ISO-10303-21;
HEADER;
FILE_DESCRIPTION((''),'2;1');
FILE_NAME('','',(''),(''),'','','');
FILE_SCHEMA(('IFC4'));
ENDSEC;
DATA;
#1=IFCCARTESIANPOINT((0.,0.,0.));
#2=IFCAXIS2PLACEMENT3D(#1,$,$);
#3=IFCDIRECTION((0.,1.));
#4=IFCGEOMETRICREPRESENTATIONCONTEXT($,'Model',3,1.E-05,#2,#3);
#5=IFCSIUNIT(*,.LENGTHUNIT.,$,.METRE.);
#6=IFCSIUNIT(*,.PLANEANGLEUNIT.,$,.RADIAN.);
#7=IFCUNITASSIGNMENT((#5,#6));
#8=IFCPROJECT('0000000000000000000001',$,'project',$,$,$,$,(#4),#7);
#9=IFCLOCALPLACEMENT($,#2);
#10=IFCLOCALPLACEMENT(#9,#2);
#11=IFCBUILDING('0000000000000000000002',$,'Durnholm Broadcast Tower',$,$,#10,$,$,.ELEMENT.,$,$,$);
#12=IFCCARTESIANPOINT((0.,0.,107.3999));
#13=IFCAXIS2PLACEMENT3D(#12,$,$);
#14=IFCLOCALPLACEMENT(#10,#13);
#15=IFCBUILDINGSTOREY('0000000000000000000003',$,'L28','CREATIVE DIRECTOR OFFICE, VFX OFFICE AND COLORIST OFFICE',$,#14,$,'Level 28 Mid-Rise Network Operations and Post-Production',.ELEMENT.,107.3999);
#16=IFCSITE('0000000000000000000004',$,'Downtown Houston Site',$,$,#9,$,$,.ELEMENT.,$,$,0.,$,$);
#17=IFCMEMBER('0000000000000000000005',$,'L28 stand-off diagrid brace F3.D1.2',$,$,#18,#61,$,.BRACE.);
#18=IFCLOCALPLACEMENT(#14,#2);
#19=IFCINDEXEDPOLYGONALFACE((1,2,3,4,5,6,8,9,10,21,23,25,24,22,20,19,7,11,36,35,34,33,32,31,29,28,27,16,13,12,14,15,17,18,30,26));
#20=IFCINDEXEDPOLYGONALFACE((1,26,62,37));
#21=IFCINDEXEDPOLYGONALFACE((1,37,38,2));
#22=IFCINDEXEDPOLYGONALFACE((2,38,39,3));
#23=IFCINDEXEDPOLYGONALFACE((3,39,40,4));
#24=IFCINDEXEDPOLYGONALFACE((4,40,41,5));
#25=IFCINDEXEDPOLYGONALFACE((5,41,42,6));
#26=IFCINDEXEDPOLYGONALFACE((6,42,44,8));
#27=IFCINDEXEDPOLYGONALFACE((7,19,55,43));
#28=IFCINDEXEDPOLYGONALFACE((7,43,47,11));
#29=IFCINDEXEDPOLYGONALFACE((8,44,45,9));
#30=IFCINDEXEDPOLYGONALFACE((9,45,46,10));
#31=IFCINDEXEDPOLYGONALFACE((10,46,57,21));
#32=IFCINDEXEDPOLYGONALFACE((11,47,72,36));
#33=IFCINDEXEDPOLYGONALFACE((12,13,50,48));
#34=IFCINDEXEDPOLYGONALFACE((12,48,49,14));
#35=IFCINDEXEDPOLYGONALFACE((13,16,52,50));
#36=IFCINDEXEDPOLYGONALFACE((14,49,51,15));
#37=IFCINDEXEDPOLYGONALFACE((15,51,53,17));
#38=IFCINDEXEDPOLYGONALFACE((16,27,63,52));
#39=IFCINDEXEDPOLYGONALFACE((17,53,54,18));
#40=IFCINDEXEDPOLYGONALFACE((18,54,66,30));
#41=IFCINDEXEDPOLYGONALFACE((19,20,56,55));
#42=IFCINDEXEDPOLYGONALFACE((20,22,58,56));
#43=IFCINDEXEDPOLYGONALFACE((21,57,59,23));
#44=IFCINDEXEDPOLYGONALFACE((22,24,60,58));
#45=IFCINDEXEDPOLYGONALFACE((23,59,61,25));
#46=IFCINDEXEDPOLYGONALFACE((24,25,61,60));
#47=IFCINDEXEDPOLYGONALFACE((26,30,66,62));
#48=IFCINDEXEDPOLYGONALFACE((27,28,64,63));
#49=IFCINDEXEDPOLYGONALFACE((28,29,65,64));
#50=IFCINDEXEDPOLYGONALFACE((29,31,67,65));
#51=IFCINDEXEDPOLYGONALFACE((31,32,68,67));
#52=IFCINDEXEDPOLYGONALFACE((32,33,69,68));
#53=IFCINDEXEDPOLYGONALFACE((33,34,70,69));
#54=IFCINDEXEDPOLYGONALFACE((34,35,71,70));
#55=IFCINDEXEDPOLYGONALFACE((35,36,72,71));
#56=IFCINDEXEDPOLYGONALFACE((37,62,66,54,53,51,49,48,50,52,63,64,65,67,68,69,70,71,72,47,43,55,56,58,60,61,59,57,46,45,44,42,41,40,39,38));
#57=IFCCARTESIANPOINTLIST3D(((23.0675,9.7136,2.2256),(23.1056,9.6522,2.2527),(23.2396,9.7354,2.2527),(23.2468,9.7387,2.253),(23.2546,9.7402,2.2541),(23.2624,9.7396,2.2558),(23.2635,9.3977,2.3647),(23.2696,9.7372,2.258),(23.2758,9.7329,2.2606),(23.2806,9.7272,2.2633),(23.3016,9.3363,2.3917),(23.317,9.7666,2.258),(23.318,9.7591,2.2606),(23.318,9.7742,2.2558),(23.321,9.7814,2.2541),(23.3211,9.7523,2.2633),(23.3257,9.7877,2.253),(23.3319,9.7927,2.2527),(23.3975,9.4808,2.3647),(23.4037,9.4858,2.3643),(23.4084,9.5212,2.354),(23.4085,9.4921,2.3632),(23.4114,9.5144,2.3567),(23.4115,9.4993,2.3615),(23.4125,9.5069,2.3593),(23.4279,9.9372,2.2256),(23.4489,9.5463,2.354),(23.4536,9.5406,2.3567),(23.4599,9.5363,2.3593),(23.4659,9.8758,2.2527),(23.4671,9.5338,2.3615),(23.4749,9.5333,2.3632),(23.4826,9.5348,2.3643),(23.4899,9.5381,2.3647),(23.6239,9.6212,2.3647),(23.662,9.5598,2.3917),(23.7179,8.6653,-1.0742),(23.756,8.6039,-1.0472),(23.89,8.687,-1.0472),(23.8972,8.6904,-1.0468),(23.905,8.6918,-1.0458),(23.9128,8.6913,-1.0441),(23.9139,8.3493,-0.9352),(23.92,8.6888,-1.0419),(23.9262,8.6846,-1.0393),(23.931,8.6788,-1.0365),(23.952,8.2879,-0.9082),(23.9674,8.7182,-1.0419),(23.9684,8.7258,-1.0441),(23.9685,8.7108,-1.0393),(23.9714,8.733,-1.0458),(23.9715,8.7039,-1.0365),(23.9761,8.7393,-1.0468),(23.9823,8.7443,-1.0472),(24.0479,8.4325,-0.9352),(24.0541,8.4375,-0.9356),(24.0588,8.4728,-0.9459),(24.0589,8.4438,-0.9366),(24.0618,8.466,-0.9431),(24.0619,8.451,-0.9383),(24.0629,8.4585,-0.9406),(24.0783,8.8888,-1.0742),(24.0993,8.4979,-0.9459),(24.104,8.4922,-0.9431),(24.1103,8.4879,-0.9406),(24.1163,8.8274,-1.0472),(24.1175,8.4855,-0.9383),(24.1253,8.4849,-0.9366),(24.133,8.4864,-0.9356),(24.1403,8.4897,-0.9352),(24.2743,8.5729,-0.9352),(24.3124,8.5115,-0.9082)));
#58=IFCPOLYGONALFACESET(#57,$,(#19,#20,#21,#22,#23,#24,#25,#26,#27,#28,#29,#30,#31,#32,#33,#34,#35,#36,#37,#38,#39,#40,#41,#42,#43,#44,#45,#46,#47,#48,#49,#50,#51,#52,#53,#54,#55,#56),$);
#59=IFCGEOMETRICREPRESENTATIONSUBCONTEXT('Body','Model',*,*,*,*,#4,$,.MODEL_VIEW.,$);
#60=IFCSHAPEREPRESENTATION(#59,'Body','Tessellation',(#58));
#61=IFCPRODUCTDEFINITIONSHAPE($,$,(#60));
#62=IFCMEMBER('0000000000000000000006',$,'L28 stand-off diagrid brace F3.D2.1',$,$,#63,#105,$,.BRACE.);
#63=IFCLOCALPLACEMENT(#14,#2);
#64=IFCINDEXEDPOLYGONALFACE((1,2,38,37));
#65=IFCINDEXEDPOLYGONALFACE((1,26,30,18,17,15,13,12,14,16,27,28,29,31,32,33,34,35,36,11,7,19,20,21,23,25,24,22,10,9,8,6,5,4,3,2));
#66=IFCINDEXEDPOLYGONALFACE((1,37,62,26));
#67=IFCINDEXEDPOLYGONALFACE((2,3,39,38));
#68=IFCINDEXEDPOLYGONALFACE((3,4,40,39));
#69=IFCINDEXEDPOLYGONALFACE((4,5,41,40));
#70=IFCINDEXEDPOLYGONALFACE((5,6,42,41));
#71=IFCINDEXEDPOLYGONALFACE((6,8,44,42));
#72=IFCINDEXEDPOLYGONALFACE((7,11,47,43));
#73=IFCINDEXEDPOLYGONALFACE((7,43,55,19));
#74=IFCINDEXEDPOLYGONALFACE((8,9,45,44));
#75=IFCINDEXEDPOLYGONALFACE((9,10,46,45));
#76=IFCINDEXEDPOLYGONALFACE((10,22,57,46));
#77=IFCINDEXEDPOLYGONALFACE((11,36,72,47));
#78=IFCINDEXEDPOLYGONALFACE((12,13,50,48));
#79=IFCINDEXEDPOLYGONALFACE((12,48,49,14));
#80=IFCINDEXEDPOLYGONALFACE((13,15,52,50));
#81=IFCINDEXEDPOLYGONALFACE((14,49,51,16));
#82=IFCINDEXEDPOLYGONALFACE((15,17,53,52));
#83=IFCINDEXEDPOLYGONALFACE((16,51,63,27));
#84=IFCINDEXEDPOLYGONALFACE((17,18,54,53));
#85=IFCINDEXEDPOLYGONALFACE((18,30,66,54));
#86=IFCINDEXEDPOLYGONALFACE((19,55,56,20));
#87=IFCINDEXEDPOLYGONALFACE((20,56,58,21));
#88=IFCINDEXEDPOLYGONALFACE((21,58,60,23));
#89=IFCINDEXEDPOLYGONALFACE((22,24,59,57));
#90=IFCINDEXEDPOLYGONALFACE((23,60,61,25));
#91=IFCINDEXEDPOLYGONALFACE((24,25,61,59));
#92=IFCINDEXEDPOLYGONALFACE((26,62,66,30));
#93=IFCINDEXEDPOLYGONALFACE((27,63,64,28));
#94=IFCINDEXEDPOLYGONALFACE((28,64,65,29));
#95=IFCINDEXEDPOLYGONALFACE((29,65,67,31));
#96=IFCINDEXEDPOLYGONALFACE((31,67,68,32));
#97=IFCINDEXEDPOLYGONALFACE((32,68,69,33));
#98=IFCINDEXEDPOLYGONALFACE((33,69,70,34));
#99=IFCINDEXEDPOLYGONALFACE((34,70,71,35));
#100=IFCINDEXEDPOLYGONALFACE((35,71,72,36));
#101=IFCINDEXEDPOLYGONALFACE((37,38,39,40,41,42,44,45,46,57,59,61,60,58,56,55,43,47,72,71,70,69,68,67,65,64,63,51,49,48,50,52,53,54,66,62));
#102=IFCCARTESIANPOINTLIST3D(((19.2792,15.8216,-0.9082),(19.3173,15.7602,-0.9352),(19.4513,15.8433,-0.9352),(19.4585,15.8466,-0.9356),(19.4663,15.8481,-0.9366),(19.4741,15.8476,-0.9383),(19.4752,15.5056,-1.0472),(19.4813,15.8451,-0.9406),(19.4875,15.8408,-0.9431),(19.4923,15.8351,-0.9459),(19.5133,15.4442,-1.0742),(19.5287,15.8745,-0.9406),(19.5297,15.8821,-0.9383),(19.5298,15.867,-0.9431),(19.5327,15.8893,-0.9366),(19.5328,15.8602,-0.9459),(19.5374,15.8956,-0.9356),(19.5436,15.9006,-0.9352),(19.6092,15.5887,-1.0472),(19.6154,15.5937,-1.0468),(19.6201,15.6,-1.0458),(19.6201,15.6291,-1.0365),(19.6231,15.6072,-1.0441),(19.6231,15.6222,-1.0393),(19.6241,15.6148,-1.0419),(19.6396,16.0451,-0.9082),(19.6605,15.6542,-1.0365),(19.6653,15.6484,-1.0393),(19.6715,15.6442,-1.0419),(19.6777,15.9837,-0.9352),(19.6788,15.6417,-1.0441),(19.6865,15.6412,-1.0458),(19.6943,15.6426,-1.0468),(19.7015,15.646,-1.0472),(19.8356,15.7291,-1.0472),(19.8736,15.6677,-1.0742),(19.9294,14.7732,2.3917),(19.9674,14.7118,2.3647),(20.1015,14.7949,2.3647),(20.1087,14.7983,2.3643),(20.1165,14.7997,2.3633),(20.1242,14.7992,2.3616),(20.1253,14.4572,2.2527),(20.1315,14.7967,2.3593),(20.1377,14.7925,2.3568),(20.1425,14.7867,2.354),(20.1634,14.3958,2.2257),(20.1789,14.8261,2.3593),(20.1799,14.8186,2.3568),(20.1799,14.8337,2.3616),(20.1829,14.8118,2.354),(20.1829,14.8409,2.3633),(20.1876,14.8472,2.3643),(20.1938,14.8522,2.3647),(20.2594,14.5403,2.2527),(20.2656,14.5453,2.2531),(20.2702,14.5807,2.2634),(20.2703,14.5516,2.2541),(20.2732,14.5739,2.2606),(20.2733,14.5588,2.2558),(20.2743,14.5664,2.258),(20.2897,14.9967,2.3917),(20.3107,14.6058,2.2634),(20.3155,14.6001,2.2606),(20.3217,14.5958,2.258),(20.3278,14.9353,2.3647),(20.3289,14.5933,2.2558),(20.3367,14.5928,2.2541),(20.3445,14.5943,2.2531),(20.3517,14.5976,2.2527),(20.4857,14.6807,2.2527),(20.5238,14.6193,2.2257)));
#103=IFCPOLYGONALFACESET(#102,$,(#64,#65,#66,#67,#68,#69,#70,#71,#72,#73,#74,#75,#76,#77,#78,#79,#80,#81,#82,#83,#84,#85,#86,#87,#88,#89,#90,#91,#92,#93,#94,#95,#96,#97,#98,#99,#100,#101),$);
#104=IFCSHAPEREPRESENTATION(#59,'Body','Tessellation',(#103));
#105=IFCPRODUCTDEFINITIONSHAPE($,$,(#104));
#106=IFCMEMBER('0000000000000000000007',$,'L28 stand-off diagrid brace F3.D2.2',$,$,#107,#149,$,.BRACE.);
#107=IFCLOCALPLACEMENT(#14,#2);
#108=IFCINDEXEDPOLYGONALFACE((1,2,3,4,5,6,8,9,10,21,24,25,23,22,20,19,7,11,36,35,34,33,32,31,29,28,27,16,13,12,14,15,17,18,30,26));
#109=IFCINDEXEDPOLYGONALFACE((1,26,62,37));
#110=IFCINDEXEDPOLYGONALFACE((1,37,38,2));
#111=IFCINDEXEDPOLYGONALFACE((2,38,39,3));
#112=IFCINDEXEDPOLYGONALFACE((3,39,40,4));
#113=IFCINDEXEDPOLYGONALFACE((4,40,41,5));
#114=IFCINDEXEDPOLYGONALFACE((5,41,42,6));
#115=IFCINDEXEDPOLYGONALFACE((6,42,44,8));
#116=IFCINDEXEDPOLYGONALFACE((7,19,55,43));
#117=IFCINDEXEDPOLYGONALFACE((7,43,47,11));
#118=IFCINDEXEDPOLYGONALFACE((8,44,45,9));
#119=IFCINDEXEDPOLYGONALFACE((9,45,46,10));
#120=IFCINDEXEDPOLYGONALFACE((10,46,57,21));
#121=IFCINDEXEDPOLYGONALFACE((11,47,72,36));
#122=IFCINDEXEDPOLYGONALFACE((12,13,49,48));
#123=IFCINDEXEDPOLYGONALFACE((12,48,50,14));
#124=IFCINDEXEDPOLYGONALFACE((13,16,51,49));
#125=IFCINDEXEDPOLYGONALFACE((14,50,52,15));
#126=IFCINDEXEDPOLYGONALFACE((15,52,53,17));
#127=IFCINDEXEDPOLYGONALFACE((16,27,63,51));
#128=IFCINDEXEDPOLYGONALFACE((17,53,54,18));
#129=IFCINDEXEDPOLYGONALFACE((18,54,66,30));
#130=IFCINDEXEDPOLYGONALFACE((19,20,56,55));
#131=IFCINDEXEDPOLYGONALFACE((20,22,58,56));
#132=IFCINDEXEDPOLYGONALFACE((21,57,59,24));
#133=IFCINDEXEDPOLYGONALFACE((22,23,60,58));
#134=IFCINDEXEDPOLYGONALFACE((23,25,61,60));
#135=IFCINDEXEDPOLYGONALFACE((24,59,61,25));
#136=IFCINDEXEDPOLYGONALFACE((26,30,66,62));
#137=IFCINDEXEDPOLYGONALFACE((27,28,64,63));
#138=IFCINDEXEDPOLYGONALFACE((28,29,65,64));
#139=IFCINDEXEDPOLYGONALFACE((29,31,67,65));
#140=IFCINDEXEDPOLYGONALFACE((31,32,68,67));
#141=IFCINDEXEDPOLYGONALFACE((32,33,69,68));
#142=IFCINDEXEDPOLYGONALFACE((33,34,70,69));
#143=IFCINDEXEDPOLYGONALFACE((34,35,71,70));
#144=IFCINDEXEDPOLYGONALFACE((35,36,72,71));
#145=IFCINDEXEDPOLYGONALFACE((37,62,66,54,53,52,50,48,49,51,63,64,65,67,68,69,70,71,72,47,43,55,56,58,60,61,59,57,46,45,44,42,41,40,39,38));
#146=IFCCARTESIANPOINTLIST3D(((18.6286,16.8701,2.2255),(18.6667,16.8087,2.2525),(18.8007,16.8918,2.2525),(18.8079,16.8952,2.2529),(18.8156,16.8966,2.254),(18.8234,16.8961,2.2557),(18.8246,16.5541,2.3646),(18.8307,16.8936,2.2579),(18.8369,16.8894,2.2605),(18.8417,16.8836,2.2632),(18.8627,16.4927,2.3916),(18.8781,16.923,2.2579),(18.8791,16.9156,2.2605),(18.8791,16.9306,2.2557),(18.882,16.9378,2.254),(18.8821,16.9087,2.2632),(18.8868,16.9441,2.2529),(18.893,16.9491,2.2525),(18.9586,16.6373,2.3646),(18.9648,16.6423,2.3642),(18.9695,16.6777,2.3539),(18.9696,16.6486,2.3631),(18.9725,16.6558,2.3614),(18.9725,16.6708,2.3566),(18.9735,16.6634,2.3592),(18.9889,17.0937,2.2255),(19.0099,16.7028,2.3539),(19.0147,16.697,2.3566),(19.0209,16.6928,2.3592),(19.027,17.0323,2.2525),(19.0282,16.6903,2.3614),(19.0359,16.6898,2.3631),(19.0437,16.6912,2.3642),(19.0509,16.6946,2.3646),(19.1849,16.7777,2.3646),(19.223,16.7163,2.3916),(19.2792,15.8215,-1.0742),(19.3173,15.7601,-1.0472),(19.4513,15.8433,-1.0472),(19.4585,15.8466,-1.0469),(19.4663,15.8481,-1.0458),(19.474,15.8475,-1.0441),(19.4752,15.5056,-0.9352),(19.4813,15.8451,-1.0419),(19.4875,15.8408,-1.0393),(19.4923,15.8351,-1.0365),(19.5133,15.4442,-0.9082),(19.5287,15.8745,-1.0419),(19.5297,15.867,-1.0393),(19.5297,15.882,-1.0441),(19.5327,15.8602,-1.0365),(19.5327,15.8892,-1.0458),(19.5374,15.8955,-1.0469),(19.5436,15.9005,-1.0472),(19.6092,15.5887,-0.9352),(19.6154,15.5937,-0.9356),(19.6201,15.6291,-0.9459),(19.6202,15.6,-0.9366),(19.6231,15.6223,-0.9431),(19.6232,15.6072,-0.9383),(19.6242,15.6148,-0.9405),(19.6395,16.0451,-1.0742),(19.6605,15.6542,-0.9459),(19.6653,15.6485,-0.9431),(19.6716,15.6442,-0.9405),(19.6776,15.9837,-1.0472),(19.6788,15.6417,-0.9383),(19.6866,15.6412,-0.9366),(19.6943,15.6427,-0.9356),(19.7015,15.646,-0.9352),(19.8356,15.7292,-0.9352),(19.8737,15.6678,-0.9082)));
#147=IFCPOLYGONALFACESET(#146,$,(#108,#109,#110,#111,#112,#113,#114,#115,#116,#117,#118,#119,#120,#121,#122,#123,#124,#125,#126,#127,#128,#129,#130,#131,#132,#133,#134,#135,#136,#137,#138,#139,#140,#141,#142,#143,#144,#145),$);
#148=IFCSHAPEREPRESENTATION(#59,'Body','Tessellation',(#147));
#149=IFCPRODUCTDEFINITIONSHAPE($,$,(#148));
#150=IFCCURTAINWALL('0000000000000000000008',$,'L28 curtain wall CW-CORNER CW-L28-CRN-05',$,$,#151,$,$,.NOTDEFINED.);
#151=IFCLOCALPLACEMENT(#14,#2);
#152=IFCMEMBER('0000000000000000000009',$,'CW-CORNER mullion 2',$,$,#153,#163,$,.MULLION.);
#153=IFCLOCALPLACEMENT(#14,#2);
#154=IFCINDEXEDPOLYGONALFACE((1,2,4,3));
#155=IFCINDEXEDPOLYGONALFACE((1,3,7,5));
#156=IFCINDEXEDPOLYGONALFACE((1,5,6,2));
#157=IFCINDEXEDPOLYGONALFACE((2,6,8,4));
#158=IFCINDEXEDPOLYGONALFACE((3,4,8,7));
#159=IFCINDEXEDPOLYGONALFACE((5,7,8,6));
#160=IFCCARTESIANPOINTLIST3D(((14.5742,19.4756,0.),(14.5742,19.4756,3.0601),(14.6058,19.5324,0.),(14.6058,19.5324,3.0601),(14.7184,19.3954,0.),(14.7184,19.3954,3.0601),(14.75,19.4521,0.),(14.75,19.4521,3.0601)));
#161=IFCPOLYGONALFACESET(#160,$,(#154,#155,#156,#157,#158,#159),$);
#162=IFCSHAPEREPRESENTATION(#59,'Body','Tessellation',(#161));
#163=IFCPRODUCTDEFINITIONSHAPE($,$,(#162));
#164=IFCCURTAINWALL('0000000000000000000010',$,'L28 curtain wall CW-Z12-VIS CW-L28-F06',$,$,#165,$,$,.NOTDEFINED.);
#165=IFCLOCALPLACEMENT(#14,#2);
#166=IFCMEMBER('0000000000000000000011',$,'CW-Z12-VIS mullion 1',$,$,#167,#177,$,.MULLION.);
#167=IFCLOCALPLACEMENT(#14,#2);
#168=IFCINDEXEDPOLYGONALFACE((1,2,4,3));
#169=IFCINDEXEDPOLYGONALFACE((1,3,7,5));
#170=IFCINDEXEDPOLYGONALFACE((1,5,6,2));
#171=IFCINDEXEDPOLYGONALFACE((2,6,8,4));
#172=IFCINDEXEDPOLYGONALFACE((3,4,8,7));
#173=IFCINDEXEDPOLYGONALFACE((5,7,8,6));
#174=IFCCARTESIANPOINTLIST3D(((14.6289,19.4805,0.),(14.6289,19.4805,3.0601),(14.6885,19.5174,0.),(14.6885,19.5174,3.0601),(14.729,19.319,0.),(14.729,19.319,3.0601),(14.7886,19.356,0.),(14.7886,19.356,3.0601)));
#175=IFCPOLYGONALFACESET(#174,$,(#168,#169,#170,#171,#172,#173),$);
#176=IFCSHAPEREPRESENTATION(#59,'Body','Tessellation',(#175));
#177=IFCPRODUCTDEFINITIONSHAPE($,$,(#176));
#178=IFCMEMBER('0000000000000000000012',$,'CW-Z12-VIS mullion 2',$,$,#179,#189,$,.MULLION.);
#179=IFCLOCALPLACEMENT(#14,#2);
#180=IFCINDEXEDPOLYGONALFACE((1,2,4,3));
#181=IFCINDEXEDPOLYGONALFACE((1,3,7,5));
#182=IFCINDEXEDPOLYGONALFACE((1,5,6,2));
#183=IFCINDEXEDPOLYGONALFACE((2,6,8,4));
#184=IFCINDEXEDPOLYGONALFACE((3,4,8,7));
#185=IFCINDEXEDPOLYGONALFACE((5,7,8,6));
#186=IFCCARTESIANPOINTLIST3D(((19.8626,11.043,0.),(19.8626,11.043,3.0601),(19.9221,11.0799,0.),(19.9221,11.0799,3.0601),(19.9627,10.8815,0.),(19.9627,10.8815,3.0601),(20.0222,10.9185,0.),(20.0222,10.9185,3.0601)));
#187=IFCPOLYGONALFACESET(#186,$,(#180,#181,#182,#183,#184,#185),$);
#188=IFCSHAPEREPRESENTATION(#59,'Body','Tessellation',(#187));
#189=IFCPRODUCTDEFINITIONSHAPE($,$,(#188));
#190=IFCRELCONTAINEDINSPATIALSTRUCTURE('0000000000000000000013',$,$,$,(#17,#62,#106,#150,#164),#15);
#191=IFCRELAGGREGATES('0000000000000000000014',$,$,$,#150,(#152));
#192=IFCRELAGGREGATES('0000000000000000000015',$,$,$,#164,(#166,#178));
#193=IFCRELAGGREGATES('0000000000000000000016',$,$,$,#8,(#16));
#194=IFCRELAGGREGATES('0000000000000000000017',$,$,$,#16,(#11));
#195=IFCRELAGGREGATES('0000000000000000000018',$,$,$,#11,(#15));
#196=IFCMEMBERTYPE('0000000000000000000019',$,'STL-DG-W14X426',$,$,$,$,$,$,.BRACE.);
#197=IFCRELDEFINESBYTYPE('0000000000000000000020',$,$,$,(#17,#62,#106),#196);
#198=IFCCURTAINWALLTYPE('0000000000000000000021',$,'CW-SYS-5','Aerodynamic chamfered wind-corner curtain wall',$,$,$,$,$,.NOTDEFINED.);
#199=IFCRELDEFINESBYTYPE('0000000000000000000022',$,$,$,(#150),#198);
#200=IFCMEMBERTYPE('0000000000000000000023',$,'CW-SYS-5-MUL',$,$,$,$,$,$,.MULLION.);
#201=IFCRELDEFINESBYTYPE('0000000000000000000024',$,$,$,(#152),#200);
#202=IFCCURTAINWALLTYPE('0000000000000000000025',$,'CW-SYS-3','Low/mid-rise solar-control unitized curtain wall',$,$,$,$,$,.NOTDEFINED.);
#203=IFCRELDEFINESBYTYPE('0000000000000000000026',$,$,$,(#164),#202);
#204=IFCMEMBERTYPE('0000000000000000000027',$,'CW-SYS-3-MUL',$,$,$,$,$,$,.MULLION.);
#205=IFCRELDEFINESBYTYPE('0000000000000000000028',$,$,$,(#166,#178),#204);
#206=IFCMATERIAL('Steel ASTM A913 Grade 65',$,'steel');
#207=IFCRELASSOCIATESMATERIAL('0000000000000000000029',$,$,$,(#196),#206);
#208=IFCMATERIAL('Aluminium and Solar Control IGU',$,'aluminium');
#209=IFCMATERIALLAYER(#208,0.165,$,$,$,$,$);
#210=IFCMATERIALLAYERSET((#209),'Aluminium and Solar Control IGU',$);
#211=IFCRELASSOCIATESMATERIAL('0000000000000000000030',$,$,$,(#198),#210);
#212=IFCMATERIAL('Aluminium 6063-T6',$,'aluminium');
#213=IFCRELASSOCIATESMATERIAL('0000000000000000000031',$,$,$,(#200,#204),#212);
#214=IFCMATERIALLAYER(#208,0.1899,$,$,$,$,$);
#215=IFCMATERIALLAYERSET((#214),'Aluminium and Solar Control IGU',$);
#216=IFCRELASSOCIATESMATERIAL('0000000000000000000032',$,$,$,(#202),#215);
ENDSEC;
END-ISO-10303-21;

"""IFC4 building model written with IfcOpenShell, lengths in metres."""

from ifc_helpers import new_model, si_unit, direction, frame, origin, origin_2d, place, context, subcontext, project, spatial, rectangle, i_section, extrude, source, transform, mapped, material, layer, layer_set, material_profile, profile_set, type_object, type_shapes, element, aggregate, save


model = new_model("IFC4")

# Units and contexts
model_context = context("Model", 3, precision=1e-05, world=origin(), true_north=direction((0.0, 1.0)))
body_context = subcontext(model_context, "Body", "Model", "MODEL_VIEW")
ifc_project = project(units=[si_unit("LENGTHUNIT", "METRE"), si_unit("PLANEANGLEUNIT", "RADIAN")], contexts=[model_context])

# Site, building, storey
site_placement = place(None, origin())
site = spatial("IfcSite", under=ifc_project, at=site_placement, Name="Downtown Houston Site", CompositionType="ELEMENT", RefElevation=0.0)
building_placement = place(site_placement, origin())
building = spatial("IfcBuilding", under=site, at=building_placement, Name="Durnholm Broadcast Tower", CompositionType="ELEMENT")
storey_placement = place(building_placement, frame((0.0, 0.0, 107.3999)))
storey = spatial("IfcBuildingStorey", under=building, at=storey_placement, Name="L28", Description="CREATIVE DIRECTOR OFFICE, VFX OFFICE AND COLORIST OFFICE", LongName="Level 28 Mid-Rise Network Operations and Post-Production", CompositionType="ELEMENT", Elevation=107.3999)

# Members
ifc_material_1 = material(Name="Steel ASTM A913 Grade 65", Category="steel")
ifc_material_profile_1 = material_profile(ifc_material_1, i_section(OverallWidth=0.4241, OverallDepth=0.4741, WebThickness=0.0476, FlangeThickness=0.0771, FilletRadius=0.0305, at=origin_2d()), Name="W14X426")
ifc_profile_set_1 = profile_set([ifc_material_profile_1], Name="Steel ASTM A913 Grade 65")
member_type_1 = type_object("IfcMemberType", Name="STL-DG-W14X426", PredefinedType="BRACE", material=ifc_profile_set_1)
shared_shape_1 = source(origin(), body_context, "Body", "SweptSolid", [
    extrude(i_section(OverallWidth=0.4241, OverallDepth=0.4741, WebThickness=0.0476, FlangeThickness=0.0771, FilletRadius=0.0305, at=origin_2d()), origin(), (0.0, 0.0, 1.0), 3.5229),
])
type_shapes(member_type_1, [shared_shape_1])
for number, where, z_axis, x_axis, name in (
    (1, (24.0151, 8.5884, -0.9912), (-0.184619, 0.29758, 0.936676), (-0.84975, -0.527186, 0.0), "L28 stand-off diagrid brace F3.D1.2"),
    (2, (19.5764, 15.7446, -0.9912), (0.184552, -0.297584, 0.936688), (0.849839, 0.527043, 0.0), "L28 stand-off diagrid brace F3.D2.1"),
    (3, (19.5764, 15.7446, -0.9912), (-0.184682, 0.297639, 0.936645), (-0.849717, -0.52724, 0.0), "L28 stand-off diagrid brace F3.D2.2"),
):
    element("IfcMember", number, at=place(storey_placement, frame(where, z_axis=z_axis, x_axis=x_axis)), inside=storey, type_object=member_type_1, Name=name, PredefinedType="BRACE", context=body_context, shape_type="MappedRepresentation", body=[
        mapped(shared_shape_1, transform((0.0, 0.0, 0.0), x_axis=(1.0, 0.0, 0.0), y_axis=(0.0, 1.0, 0.0), z_axis=(0.0, 0.0, 1.0), scale=1.0)),
    ])

# Curtain wall, member
ifc_material_2 = material(Name="Aluminium and Solar Control IGU", Category="aluminium")
ifc_layer_1 = layer(ifc_material_2, 0.165)
ifc_layer_set_1 = layer_set([ifc_layer_1], Name="Aluminium and Solar Control IGU")
curtain_wall_type_1 = type_object("IfcCurtainWallType", Name="CW-SYS-5", Description="Aerodynamic chamfered wind-corner curtain wall", PredefinedType="NOTDEFINED", material=ifc_layer_set_1)
curtain_wall_1_placement = place(storey_placement, origin())
curtain_wall_1 = element("IfcCurtainWall", 4, at=curtain_wall_1_placement, inside=storey, type_object=curtain_wall_type_1, Name="L28 curtain wall CW-CORNER CW-L28-CRN-05", PredefinedType="NOTDEFINED")
ifc_material_3 = material(Name="Aluminium 6063-T6", Category="aluminium")
ifc_material_profile_2 = material_profile(ifc_material_3, rectangle(XDim=0.0649, YDim=0.165, at=origin_2d()), Name="CWM65X165")
ifc_profile_set_2 = profile_set([ifc_material_profile_2], Name="Aluminium 6063-T6")
member_type_2 = type_object("IfcMemberType", Name="CW-SYS-5-MUL", PredefinedType="MULLION", material=ifc_profile_set_2)
shared_shape_2 = source(origin(), body_context, "Body", "SweptSolid", [
    extrude(rectangle(XDim=0.0649, YDim=0.165, at=origin_2d()), origin(), (0.0, 0.0, 1.0), 3.0601),
])
type_shapes(member_type_2, [shared_shape_2])
member_1_placement = place(storey_placement, frame((14.6621, 19.4639, 0.0), z_axis=(0.0, 0.0, 1.0), x_axis=(0.486244, 0.873823, 0.0)))
member_1 = element("IfcMember", 5, at=member_1_placement, type_object=member_type_2, Name="CW-CORNER mullion 2", PredefinedType="MULLION", context=body_context, shape_type="MappedRepresentation", body=[
    mapped(shared_shape_2, transform((0.0, 0.0, 0.0), x_axis=(1.0, 0.0, 0.0), y_axis=(0.0, 1.0, 0.0), z_axis=(0.0, 0.0, 1.0), scale=1.0)),
])

# Curtain wall, members
ifc_layer_2 = layer(ifc_material_2, 0.1899)
ifc_layer_set_2 = layer_set([ifc_layer_2], Name="Aluminium and Solar Control IGU")
curtain_wall_type_2 = type_object("IfcCurtainWallType", Name="CW-SYS-3", Description="Low/mid-rise solar-control unitized curtain wall", PredefinedType="NOTDEFINED", material=ifc_layer_set_2)
curtain_wall_2_placement = place(storey_placement, origin())
curtain_wall_2 = element("IfcCurtainWall", 6, at=curtain_wall_2_placement, inside=storey, type_object=curtain_wall_type_2, Name="L28 curtain wall CW-Z12-VIS CW-L28-F06", PredefinedType="NOTDEFINED")
ifc_material_profile_3 = material_profile(ifc_material_3, rectangle(XDim=0.0701, YDim=0.1899, at=origin_2d()), Name="CWM70X190")
ifc_profile_set_3 = profile_set([ifc_material_profile_3], Name="Aluminium 6063-T6")
member_type_3 = type_object("IfcMemberType", Name="CW-SYS-3-MUL", PredefinedType="MULLION", material=ifc_profile_set_3)
shared_shape_3 = source(origin(), body_context, "Body", "SweptSolid", [
    extrude(rectangle(XDim=0.0701, YDim=0.1899, at=origin_2d()), origin(), (0.0, 0.0, 1.0), 3.0601),
])
type_shapes(member_type_3, [shared_shape_3])
member_2_placement = place(storey_placement, frame((14.7087, 19.4182, 0.0), z_axis=(0.0, 0.0, 1.0), x_axis=(0.8498, 0.527105, 0.0)))
member_2 = element("IfcMember", 7, at=member_2_placement, type_object=member_type_3, Name="CW-Z12-VIS mullion 1", PredefinedType="MULLION", context=body_context, shape_type="MappedRepresentation", body=[
    mapped(shared_shape_3, transform((0.0, 0.0, 0.0), x_axis=(1.0, 0.0, 0.0), y_axis=(0.0, 1.0, 0.0), z_axis=(0.0, 0.0, 1.0), scale=1.0)),
])
member_3_placement = place(storey_placement, frame((19.9424, 10.9807, 0.0), z_axis=(0.0, 0.0, 1.0), x_axis=(0.8498, 0.527105, 0.0)))
member_3 = element("IfcMember", 8, at=member_3_placement, type_object=member_type_3, Name="CW-Z12-VIS mullion 2", PredefinedType="MULLION", context=body_context, shape_type="MappedRepresentation", body=[
    mapped(shared_shape_3, transform((0.0, 0.0, 0.0), x_axis=(1.0, 0.0, 0.0), y_axis=(0.0, 1.0, 0.0), z_axis=(0.0, 0.0, 1.0), scale=1.0)),
])

aggregate(curtain_wall_1, [member_1])
aggregate(curtain_wall_2, [member_2, member_3])

save(model, "model.ifc")
